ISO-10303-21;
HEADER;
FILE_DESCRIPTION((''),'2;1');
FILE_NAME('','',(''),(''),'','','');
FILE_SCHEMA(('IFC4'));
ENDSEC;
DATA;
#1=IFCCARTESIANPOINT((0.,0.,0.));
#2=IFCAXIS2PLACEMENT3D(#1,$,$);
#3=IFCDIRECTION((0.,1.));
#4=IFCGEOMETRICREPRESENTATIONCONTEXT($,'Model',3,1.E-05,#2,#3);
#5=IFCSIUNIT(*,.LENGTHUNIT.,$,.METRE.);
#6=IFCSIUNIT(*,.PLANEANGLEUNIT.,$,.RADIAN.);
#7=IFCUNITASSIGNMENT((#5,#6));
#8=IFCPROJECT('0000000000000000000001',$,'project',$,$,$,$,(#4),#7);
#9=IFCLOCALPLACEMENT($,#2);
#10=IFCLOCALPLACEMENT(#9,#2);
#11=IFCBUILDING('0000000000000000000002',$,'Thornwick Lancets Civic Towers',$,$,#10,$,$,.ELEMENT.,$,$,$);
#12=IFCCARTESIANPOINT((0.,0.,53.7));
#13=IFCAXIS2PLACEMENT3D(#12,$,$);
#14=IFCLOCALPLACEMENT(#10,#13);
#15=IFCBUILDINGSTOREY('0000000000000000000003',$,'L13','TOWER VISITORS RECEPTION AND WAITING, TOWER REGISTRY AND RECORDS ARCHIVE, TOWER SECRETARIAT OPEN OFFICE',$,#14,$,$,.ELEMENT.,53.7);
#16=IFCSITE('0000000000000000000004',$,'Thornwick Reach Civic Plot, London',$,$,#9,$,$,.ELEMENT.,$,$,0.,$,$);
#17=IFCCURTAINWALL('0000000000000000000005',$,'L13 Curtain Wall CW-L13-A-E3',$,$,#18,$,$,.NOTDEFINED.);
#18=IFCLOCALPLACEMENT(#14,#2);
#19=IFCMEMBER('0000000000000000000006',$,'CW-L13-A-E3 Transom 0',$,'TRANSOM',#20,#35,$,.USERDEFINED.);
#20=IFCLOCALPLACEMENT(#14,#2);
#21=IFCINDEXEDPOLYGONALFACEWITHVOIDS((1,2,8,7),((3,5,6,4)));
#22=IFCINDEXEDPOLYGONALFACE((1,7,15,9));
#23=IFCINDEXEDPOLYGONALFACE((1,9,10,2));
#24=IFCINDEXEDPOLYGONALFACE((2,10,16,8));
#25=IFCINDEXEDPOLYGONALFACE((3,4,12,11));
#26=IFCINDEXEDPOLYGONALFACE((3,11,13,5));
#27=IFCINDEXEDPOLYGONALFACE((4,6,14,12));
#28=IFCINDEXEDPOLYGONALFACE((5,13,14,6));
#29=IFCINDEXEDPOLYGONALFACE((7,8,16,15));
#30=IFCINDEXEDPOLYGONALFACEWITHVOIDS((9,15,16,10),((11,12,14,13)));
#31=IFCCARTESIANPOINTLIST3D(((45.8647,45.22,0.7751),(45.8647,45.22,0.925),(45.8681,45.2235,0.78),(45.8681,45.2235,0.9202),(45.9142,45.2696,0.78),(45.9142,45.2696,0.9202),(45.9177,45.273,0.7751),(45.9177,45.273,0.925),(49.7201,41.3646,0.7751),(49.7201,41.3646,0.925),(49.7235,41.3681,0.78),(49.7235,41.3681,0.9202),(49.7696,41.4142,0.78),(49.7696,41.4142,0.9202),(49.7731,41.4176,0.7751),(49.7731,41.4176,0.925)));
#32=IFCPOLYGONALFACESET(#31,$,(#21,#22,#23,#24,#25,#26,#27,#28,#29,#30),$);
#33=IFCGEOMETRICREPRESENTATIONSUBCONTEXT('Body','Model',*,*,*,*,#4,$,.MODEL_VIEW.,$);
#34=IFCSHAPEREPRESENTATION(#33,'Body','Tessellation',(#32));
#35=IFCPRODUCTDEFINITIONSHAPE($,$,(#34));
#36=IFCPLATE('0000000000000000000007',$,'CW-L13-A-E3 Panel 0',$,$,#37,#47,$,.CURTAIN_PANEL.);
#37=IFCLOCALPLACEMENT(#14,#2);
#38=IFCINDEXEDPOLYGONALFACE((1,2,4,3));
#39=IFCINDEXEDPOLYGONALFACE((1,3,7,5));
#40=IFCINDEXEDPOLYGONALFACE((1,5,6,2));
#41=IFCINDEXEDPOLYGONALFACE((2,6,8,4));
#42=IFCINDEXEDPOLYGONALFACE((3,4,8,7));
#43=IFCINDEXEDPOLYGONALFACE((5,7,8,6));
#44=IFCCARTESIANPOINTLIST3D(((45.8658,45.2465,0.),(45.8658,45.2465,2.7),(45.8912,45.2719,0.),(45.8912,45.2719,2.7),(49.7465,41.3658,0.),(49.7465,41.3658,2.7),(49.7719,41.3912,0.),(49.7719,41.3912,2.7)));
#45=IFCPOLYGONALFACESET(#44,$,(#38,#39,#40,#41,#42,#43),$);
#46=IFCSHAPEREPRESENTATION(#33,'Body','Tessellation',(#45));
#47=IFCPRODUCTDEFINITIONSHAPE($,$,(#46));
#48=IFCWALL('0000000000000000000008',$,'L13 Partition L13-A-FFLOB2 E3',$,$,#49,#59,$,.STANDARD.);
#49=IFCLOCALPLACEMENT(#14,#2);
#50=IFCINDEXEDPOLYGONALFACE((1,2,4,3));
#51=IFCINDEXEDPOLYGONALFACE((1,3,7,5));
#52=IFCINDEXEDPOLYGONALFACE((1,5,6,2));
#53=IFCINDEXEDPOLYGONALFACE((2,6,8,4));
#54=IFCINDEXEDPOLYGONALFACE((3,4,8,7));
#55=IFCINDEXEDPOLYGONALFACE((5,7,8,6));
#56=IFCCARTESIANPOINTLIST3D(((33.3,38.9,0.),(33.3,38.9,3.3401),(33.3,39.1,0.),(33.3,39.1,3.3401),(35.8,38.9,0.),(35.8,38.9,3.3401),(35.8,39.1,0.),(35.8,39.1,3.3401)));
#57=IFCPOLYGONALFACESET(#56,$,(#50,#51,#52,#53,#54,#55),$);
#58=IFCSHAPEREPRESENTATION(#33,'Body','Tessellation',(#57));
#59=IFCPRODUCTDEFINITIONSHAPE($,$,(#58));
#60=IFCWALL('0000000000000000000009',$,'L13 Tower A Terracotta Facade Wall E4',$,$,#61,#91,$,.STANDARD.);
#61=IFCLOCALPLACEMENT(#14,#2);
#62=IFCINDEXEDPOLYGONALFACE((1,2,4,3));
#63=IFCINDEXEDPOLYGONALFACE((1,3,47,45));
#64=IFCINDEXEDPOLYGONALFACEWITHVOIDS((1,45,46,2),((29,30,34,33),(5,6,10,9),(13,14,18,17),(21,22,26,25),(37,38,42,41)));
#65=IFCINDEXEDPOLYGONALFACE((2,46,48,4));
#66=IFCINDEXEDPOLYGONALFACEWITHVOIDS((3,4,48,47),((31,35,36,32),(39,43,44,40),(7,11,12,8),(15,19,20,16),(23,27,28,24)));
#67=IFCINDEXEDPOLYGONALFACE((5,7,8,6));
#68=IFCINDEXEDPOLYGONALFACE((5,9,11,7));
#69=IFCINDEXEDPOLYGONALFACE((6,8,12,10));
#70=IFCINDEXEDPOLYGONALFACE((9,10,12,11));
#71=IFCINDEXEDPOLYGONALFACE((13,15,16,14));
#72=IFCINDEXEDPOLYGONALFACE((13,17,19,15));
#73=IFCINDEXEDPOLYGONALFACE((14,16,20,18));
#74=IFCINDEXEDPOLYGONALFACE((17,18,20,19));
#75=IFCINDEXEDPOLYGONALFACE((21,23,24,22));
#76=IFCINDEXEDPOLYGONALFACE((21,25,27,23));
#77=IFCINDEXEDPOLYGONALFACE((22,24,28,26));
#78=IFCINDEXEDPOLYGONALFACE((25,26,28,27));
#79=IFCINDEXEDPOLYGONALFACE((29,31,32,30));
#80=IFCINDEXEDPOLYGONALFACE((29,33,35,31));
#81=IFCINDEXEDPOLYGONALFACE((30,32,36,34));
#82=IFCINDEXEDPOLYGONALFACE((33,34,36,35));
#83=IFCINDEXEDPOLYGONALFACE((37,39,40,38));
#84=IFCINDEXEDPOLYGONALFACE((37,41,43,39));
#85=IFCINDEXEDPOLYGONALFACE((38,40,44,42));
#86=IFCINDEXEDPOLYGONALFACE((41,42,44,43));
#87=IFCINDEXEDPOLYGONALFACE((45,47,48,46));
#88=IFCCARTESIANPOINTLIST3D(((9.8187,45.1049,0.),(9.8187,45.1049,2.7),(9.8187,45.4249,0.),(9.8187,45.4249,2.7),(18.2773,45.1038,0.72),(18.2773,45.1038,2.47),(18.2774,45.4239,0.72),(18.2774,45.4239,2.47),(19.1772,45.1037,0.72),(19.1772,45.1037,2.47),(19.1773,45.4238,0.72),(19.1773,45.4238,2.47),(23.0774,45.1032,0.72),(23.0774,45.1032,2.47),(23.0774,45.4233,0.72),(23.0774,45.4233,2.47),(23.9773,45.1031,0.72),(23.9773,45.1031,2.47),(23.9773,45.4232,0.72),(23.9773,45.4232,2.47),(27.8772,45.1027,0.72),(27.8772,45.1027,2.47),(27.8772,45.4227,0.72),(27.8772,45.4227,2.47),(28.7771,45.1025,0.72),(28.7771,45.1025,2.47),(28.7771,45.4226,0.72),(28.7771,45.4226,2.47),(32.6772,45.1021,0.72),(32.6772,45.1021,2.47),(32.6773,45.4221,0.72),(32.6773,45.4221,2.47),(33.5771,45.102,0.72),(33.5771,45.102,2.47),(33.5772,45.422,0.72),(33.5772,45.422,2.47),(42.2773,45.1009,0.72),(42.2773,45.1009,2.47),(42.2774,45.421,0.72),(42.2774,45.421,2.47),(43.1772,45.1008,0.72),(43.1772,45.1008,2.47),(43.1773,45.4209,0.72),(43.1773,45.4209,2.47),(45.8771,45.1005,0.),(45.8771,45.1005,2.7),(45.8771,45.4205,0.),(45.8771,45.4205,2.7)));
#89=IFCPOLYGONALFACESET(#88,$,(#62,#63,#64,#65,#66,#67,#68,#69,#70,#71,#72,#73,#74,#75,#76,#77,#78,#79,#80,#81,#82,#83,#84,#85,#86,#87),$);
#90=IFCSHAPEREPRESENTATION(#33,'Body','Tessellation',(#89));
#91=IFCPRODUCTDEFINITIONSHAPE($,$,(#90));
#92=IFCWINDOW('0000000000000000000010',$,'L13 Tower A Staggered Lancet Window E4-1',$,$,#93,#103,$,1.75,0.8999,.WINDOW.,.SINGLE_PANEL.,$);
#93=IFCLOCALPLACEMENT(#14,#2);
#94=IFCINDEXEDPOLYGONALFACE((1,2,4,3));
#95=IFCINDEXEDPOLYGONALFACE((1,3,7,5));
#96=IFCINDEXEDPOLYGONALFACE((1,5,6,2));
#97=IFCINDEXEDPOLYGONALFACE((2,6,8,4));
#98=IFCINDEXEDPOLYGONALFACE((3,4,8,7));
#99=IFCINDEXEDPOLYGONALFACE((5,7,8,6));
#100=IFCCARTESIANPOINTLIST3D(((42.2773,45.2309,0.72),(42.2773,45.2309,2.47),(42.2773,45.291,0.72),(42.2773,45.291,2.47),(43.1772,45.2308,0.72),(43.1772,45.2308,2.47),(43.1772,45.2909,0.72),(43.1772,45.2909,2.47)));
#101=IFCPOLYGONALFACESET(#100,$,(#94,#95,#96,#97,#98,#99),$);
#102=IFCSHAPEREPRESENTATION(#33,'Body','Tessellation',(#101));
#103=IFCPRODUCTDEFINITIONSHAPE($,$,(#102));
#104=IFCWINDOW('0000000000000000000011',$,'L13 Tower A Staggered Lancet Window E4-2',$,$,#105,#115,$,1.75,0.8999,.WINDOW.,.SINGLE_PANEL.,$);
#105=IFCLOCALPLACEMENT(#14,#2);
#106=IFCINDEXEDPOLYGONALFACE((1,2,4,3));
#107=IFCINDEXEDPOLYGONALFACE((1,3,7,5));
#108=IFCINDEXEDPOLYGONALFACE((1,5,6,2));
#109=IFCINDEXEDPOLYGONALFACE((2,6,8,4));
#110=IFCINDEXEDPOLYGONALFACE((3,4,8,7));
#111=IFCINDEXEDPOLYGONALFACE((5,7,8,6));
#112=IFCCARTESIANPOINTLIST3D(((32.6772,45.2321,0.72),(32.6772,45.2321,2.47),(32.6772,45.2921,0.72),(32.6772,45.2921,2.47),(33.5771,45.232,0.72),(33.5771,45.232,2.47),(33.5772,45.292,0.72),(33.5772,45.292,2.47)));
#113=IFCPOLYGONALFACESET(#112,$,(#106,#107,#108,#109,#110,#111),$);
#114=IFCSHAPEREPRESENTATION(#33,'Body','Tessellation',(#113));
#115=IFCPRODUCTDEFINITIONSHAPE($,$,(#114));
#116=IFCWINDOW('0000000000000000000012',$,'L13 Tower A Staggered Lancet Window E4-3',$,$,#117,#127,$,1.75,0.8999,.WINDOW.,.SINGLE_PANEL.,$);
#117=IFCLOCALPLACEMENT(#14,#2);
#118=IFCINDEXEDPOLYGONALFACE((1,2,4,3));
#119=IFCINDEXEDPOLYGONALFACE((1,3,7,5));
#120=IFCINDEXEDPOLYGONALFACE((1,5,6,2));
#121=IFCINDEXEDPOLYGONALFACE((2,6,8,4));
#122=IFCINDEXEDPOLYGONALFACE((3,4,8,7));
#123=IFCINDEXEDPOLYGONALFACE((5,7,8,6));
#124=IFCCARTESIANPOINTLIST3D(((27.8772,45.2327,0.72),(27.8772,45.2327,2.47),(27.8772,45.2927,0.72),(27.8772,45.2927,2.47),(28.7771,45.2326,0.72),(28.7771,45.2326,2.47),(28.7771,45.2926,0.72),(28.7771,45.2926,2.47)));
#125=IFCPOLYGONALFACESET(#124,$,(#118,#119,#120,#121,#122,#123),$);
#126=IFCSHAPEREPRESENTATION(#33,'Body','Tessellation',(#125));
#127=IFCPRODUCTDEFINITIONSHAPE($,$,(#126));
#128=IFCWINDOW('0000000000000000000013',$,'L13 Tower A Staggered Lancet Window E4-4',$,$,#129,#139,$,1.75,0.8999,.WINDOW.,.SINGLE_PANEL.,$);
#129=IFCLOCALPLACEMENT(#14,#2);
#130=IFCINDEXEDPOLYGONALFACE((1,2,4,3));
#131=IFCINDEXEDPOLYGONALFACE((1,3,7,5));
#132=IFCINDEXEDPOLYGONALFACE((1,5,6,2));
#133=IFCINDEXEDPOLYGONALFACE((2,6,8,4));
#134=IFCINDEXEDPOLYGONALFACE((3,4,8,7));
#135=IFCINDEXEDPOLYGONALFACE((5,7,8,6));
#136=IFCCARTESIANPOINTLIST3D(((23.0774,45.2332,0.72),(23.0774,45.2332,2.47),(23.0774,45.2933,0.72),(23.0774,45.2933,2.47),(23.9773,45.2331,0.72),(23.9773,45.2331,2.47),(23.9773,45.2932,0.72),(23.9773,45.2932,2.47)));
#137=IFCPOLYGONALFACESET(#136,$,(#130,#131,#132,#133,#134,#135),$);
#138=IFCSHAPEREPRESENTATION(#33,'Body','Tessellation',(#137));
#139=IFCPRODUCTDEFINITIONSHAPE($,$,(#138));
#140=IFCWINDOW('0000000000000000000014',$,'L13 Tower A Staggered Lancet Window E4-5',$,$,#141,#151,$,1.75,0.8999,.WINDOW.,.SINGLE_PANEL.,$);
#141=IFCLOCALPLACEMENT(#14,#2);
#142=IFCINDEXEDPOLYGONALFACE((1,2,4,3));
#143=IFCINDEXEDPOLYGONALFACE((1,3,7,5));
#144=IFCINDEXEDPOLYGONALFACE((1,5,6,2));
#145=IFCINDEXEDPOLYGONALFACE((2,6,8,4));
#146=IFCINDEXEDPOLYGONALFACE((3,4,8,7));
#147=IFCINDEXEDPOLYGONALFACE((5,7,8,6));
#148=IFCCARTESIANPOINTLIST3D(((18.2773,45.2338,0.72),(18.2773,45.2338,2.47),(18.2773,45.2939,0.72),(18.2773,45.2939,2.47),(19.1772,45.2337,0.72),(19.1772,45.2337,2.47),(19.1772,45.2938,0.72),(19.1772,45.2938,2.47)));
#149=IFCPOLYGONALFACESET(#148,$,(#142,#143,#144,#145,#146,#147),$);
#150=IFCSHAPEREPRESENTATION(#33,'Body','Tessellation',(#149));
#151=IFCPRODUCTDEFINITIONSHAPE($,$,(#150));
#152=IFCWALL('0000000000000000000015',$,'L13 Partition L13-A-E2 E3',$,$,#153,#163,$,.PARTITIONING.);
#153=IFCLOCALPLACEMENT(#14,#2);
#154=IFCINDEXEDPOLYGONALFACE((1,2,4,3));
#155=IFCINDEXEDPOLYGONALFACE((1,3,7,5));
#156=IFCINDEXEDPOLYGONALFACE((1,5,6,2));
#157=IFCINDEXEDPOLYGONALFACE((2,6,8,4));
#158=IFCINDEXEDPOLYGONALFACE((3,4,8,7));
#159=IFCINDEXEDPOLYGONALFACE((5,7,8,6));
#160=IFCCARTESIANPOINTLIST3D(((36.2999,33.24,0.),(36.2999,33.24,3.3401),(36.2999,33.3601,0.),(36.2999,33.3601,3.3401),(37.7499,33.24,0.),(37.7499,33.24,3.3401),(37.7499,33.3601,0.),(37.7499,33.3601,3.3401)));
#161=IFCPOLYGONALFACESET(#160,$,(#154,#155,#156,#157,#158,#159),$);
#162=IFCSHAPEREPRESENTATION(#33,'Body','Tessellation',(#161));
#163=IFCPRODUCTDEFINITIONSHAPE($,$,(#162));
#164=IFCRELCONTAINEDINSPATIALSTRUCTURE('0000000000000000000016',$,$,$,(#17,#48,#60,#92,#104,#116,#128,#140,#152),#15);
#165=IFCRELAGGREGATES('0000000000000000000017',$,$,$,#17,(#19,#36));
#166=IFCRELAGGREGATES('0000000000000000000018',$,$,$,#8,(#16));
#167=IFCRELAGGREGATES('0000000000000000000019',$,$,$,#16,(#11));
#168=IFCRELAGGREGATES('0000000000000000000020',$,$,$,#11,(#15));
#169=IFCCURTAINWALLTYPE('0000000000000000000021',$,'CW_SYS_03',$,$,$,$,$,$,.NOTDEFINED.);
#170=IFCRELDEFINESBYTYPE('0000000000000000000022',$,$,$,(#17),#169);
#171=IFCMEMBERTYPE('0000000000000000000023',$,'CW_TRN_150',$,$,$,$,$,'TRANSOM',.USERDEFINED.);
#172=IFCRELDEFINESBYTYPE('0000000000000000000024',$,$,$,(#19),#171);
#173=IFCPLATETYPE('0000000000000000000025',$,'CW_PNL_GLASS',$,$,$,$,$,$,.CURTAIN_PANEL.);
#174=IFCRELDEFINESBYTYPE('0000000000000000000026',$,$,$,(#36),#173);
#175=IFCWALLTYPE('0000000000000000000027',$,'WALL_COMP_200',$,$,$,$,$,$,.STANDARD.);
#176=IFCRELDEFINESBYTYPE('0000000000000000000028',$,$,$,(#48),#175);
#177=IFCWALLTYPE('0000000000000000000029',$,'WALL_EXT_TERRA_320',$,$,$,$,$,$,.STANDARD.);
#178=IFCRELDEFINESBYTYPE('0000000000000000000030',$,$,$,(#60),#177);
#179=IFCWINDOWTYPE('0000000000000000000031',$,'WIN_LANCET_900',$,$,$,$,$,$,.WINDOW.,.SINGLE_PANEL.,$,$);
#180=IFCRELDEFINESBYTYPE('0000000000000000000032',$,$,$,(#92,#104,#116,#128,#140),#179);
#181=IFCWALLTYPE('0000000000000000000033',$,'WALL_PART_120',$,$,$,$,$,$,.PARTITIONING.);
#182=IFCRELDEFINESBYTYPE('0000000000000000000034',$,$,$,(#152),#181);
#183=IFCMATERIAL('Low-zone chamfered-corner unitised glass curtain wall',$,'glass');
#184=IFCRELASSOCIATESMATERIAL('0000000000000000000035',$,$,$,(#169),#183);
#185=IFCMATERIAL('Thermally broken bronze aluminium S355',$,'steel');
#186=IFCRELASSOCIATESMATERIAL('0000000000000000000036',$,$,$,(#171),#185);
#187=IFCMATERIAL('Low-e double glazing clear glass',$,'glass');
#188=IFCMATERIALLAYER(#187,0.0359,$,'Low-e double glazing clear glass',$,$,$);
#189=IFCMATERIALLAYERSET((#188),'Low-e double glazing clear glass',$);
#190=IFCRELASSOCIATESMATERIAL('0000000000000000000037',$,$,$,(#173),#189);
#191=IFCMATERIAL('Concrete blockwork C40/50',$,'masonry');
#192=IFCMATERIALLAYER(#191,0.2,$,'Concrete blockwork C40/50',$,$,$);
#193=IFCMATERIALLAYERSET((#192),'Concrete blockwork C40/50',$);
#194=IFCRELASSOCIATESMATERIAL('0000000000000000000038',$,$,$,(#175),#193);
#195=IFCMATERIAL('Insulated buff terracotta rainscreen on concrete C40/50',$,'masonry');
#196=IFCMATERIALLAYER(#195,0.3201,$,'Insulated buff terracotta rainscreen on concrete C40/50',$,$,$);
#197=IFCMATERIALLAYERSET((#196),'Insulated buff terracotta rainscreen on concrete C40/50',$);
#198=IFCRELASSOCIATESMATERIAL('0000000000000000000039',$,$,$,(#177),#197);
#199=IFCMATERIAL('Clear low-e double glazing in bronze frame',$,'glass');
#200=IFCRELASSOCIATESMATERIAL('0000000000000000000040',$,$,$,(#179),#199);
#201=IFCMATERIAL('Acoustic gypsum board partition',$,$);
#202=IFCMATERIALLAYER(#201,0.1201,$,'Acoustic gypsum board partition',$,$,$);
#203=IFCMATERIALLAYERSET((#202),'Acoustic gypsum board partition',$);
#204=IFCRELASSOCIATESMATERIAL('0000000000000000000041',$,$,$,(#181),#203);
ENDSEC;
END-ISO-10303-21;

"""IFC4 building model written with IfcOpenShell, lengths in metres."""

from ifc_helpers import new_model, si_unit, direction, frame, frame_2d, origin, origin_2d, place, context, subcontext, project, spatial, rectangle, hollow_rectangle, extrude, material, layer, layer_set, material_profile, profile_set, type_object, element, fill, aggregate, save


model = new_model("IFC4")

# Units and contexts
model_context = context("Model", 3, precision=1e-05, world=origin(), true_north=direction((0.0, 1.0)))
body_context = subcontext(model_context, "Body", "Model", "MODEL_VIEW")
ifc_project = project(units=[si_unit("LENGTHUNIT", "METRE"), si_unit("PLANEANGLEUNIT", "RADIAN")], contexts=[model_context])

# Site, building, storey
site_placement = place(None, origin())
site = spatial("IfcSite", under=ifc_project, at=site_placement, Name="Thornwick Reach Civic Plot, London", CompositionType="ELEMENT", RefElevation=0.0)
building_placement = place(site_placement, origin())
building = spatial("IfcBuilding", under=site, at=building_placement, Name="Thornwick Lancets Civic Towers", CompositionType="ELEMENT")
storey_placement = place(building_placement, frame((0.0, 0.0, 53.7)))
storey = spatial("IfcBuildingStorey", under=building, at=storey_placement, Name="L13", Description="TOWER VISITORS RECEPTION AND WAITING, TOWER REGISTRY AND RECORDS ARCHIVE, TOWER SECRETARIAT OPEN OFFICE", CompositionType="ELEMENT", Elevation=53.7)

# Curtain wall, member, plate
ifc_material_1 = material(Name="Low-zone chamfered-corner unitised glass curtain wall", Category="glass")
curtain_wall_type = type_object("IfcCurtainWallType", Name="CW_SYS_03", PredefinedType="NOTDEFINED", material=ifc_material_1)
curtain_wall_placement = place(storey_placement, origin())
curtain_wall = element("IfcCurtainWall", 1, at=curtain_wall_placement, inside=storey, type_object=curtain_wall_type, Name="L13 Curtain Wall CW-L13-A-E3", PredefinedType="NOTDEFINED")
ifc_material_2 = material(Name="Thermally broken bronze aluminium S355", Category="steel")
ifc_material_profile_1 = material_profile(ifc_material_2, hollow_rectangle(XDim=0.075, YDim=0.1499, WallThickness=0.0049, at=origin_2d()), Name="RHS 150x75x5")
ifc_profile_set_1 = profile_set([ifc_material_profile_1], Name="Thermally broken bronze aluminium S355")
member_type_1 = type_object("IfcMemberType", Name="CW_TRN_150", ElementType="TRANSOM", PredefinedType="USERDEFINED", material=ifc_profile_set_1)
member_1_placement = place(storey_placement, frame((49.7466, 41.3911, 0.8501), z_axis=(-0.707107, 0.707107, 0.0), x_axis=(-0.707107, -0.707107, 0.0)))
member_1 = element("IfcMember", 2, at=member_1_placement, type_object=member_type_1, Name="CW-L13-A-E3 Transom 0", ObjectType="TRANSOM", PredefinedType="USERDEFINED", context=body_context, shape_type="SweptSolid", body=[
    extrude(hollow_rectangle(XDim=0.075, YDim=0.1499, WallThickness=0.0049, at=origin_2d()), origin(), (0.0, 0.0, 1.0), 5.4524),
])
ifc_material_3 = material(Name="Low-e double glazing clear glass", Category="glass")
ifc_layer_1 = layer(ifc_material_3, 0.0359, Name="Low-e double glazing clear glass")
ifc_layer_set_1 = layer_set([ifc_layer_1], Name="Low-e double glazing clear glass")
plate_type = type_object("IfcPlateType", Name="CW_PNL_GLASS", PredefinedType="CURTAIN_PANEL", material=ifc_layer_set_1)
plate_placement = place(storey_placement, frame((47.8188, 43.3188, 0.0), z_axis=(0.0, 0.0, 1.0), x_axis=(-0.707107, 0.707107, 0.0)))
plate = element("IfcPlate", 3, at=plate_placement, type_object=plate_type, Name="CW-L13-A-E3 Panel 0", PredefinedType="CURTAIN_PANEL", context=body_context, shape_type="SweptSolid", body=[
    extrude(rectangle(XDim=5.488, YDim=0.0359, at=origin_2d()), origin(), (0.0, 0.0, 1.0), 2.7),
])
aggregate(curtain_wall, [member_1, plate])

# Wall
ifc_material_4 = material(Name="Concrete blockwork C40/50", Category="masonry")
ifc_layer_2 = layer(ifc_material_4, 0.2, Name="Concrete blockwork C40/50")
ifc_layer_set_2 = layer_set([ifc_layer_2], Name="Concrete blockwork C40/50")
wall_type_1 = type_object("IfcWallType", Name="WALL_COMP_200", PredefinedType="STANDARD", material=ifc_layer_set_2)
wall_1_placement = place(storey_placement, frame((35.8, 39.0, 0.0), z_axis=(0.0, 0.0, 1.0), x_axis=(-1.0, 0.0, 0.0)))
element("IfcWall", 4, at=wall_1_placement, inside=storey, type_object=wall_type_1, Name="L13 Partition L13-A-FFLOB2 E3", PredefinedType="STANDARD", context=body_context, shape_type="SweptSolid", body=[
    extrude(rectangle(XDim=2.5, YDim=0.2, at=frame_2d((1.25, 0.0))), origin(), (0.0, 0.0, 1.0), 3.3401),
])

# Wall, openings, windows
ifc_material_5 = material(Name="Insulated buff terracotta rainscreen on concrete C40/50", Category="masonry")
ifc_layer_3 = layer(ifc_material_5, 0.3201, Name="Insulated buff terracotta rainscreen on concrete C40/50")
ifc_layer_set_3 = layer_set([ifc_layer_3], Name="Insulated buff terracotta rainscreen on concrete C40/50")
wall_type_2 = type_object("IfcWallType", Name="WALL_EXT_TERRA_320", PredefinedType="STANDARD", material=ifc_layer_set_3)
wall_2_placement = place(storey_placement, frame((45.8772, 45.2605, 0.0), z_axis=(0.0, 0.0, 1.0), x_axis=(-1.0, 0.000122, 0.0)))
wall_2 = element("IfcWall", 5, at=wall_2_placement, inside=storey, type_object=wall_type_2, Name="L13 Tower A Terracotta Facade Wall E4", PredefinedType="STANDARD", context=body_context, shape_type="SweptSolid", body=[
    extrude(rectangle(XDim=36.0583, YDim=0.3201, at=frame_2d((18.0293, 0.0))), origin(), (0.0, 0.0, 1.0), 2.7),
])
opening_1_placement = place(wall_2_placement, frame((2.7, 0.0, 0.72)))
opening_1 = element("IfcOpeningElement", 6, at=opening_1_placement, cuts=wall_2, PredefinedType="OPENING", context=body_context, shape_type="SweptSolid", body=[
    extrude(rectangle(XDim=0.8999, YDim=1.75, at=frame_2d((0.45, 0.875))), frame((0.0, 0.1699, 0.0), z_axis=(0.0, -1.0, 0.0), x_axis=(1.0, 0.0, 0.0)), (0.0, 0.0, 1.0), 0.3401),
])
opening_2_placement = place(wall_2_placement, frame((12.3, 0.0, 0.72)))
opening_2 = element("IfcOpeningElement", 7, at=opening_2_placement, cuts=wall_2, PredefinedType="OPENING", context=body_context, shape_type="SweptSolid", body=[
    extrude(rectangle(XDim=0.8999, YDim=1.75, at=frame_2d((0.45, 0.875))), frame((0.0, 0.1699, 0.0), z_axis=(0.0, -1.0, 0.0), x_axis=(1.0, 0.0, 0.0)), (0.0, 0.0, 1.0), 0.3401),
])
opening_3_placement = place(wall_2_placement, frame((17.1001, 0.0, 0.72)))
opening_3 = element("IfcOpeningElement", 8, at=opening_3_placement, cuts=wall_2, PredefinedType="OPENING", context=body_context, shape_type="SweptSolid", body=[
    extrude(rectangle(XDim=0.8999, YDim=1.75, at=frame_2d((0.45, 0.875))), frame((0.0, 0.1699, 0.0), z_axis=(0.0, -1.0, 0.0), x_axis=(1.0, 0.0, 0.0)), (0.0, 0.0, 1.0), 0.3401),
])
opening_4_placement = place(wall_2_placement, frame((21.8999, 0.0, 0.72)))
opening_4 = element("IfcOpeningElement", 9, at=opening_4_placement, cuts=wall_2, PredefinedType="OPENING", context=body_context, shape_type="SweptSolid", body=[
    extrude(rectangle(XDim=0.8999, YDim=1.75, at=frame_2d((0.45, 0.875))), frame((0.0, 0.1699, 0.0), z_axis=(0.0, -1.0, 0.0), x_axis=(1.0, 0.0, 0.0)), (0.0, 0.0, 1.0), 0.3401),
])
opening_5_placement = place(wall_2_placement, frame((26.7, 0.0, 0.72)))
opening_5 = element("IfcOpeningElement", 10, at=opening_5_placement, cuts=wall_2, PredefinedType="OPENING", context=body_context, shape_type="SweptSolid", body=[
    extrude(rectangle(XDim=0.8999, YDim=1.75, at=frame_2d((0.45, 0.875))), frame((0.0, 0.1699, 0.0), z_axis=(0.0, -1.0, 0.0), x_axis=(1.0, 0.0, 0.0)), (0.0, 0.0, 1.0), 0.3401),
])
ifc_material_6 = material(Name="Clear low-e double glazing in bronze frame", Category="glass")
window_type = type_object("IfcWindowType", Name="WIN_LANCET_900", PartitioningType="SINGLE_PANEL", PredefinedType="WINDOW", material=ifc_material_6)
window_1_placement = place(opening_1_placement, origin())
window_1 = element("IfcWindow", 11, at=window_1_placement, inside=storey, type_object=window_type, Name="L13 Tower A Staggered Lancet Window E4-1", OverallHeight=1.75, OverallWidth=0.8999, PartitioningType="SINGLE_PANEL", PredefinedType="WINDOW", context=body_context, shape_type="SweptSolid", body=[
    extrude(rectangle(XDim=0.8999, YDim=1.75, at=frame_2d((0.45, 0.875))), frame((0.0, 0.03, 0.0), z_axis=(0.0, -1.0, 0.0), x_axis=(1.0, 0.0, 0.0)), (0.0, 0.0, 1.0), 0.0601),
])
fill(opening_1, window_1)
window_2_placement = place(opening_2_placement, origin())
window_2 = element("IfcWindow", 12, at=window_2_placement, inside=storey, type_object=window_type, Name="L13 Tower A Staggered Lancet Window E4-2", OverallHeight=1.75, OverallWidth=0.8999, PartitioningType="SINGLE_PANEL", PredefinedType="WINDOW", context=body_context, shape_type="SweptSolid", body=[
    extrude(rectangle(XDim=0.8999, YDim=1.75, at=frame_2d((0.45, 0.875))), frame((0.0, 0.03, 0.0), z_axis=(0.0, -1.0, 0.0), x_axis=(1.0, 0.0, 0.0)), (0.0, 0.0, 1.0), 0.0601),
])
fill(opening_2, window_2)
window_3_placement = place(opening_3_placement, origin())
window_3 = element("IfcWindow", 13, at=window_3_placement, inside=storey, type_object=window_type, Name="L13 Tower A Staggered Lancet Window E4-3", OverallHeight=1.75, OverallWidth=0.8999, PartitioningType="SINGLE_PANEL", PredefinedType="WINDOW", context=body_context, shape_type="SweptSolid", body=[
    extrude(rectangle(XDim=0.8999, YDim=1.75, at=frame_2d((0.45, 0.875))), frame((0.0, 0.03, 0.0), z_axis=(0.0, -1.0, 0.0), x_axis=(1.0, 0.0, 0.0)), (0.0, 0.0, 1.0), 0.0601),
])
fill(opening_3, window_3)
window_4_placement = place(opening_4_placement, origin())
window_4 = element("IfcWindow", 14, at=window_4_placement, inside=storey, type_object=window_type, Name="L13 Tower A Staggered Lancet Window E4-4", OverallHeight=1.75, OverallWidth=0.8999, PartitioningType="SINGLE_PANEL", PredefinedType="WINDOW", context=body_context, shape_type="SweptSolid", body=[
    extrude(rectangle(XDim=0.8999, YDim=1.75, at=frame_2d((0.45, 0.875))), frame((0.0, 0.03, 0.0), z_axis=(0.0, -1.0, 0.0), x_axis=(1.0, 0.0, 0.0)), (0.0, 0.0, 1.0), 0.0601),
])
fill(opening_4, window_4)
window_5_placement = place(opening_5_placement, origin())
window_5 = element("IfcWindow", 15, at=window_5_placement, inside=storey, type_object=window_type, Name="L13 Tower A Staggered Lancet Window E4-5", OverallHeight=1.75, OverallWidth=0.8999, PartitioningType="SINGLE_PANEL", PredefinedType="WINDOW", context=body_context, shape_type="SweptSolid", body=[
    extrude(rectangle(XDim=0.8999, YDim=1.75, at=frame_2d((0.45, 0.875))), frame((0.0, 0.03, 0.0), z_axis=(0.0, -1.0, 0.0), x_axis=(1.0, 0.0, 0.0)), (0.0, 0.0, 1.0), 0.0601),
])
fill(opening_5, window_5)

# Wall
ifc_material_7 = material(Name="Acoustic gypsum board partition")
ifc_layer_4 = layer(ifc_material_7, 0.1201, Name="Acoustic gypsum board partition")
ifc_layer_set_4 = layer_set([ifc_layer_4], Name="Acoustic gypsum board partition")
wall_type_3 = type_object("IfcWallType", Name="WALL_PART_120", PredefinedType="PARTITIONING", material=ifc_layer_set_4)
wall_3_placement = place(storey_placement, frame((37.75, 33.3, 0.0), z_axis=(0.0, 0.0, 1.0), x_axis=(-1.0, 0.0, 0.0)))
element("IfcWall", 16, at=wall_3_placement, inside=storey, type_object=wall_type_3, Name="L13 Partition L13-A-E2 E3", PredefinedType="PARTITIONING", context=body_context, shape_type="SweptSolid", body=[
    extrude(rectangle(XDim=1.45, YDim=0.1201, at=frame_2d((0.7251, 0.0))), origin(), (0.0, 0.0, 1.0), 3.3401),
])

save(model, "model.ifc")
